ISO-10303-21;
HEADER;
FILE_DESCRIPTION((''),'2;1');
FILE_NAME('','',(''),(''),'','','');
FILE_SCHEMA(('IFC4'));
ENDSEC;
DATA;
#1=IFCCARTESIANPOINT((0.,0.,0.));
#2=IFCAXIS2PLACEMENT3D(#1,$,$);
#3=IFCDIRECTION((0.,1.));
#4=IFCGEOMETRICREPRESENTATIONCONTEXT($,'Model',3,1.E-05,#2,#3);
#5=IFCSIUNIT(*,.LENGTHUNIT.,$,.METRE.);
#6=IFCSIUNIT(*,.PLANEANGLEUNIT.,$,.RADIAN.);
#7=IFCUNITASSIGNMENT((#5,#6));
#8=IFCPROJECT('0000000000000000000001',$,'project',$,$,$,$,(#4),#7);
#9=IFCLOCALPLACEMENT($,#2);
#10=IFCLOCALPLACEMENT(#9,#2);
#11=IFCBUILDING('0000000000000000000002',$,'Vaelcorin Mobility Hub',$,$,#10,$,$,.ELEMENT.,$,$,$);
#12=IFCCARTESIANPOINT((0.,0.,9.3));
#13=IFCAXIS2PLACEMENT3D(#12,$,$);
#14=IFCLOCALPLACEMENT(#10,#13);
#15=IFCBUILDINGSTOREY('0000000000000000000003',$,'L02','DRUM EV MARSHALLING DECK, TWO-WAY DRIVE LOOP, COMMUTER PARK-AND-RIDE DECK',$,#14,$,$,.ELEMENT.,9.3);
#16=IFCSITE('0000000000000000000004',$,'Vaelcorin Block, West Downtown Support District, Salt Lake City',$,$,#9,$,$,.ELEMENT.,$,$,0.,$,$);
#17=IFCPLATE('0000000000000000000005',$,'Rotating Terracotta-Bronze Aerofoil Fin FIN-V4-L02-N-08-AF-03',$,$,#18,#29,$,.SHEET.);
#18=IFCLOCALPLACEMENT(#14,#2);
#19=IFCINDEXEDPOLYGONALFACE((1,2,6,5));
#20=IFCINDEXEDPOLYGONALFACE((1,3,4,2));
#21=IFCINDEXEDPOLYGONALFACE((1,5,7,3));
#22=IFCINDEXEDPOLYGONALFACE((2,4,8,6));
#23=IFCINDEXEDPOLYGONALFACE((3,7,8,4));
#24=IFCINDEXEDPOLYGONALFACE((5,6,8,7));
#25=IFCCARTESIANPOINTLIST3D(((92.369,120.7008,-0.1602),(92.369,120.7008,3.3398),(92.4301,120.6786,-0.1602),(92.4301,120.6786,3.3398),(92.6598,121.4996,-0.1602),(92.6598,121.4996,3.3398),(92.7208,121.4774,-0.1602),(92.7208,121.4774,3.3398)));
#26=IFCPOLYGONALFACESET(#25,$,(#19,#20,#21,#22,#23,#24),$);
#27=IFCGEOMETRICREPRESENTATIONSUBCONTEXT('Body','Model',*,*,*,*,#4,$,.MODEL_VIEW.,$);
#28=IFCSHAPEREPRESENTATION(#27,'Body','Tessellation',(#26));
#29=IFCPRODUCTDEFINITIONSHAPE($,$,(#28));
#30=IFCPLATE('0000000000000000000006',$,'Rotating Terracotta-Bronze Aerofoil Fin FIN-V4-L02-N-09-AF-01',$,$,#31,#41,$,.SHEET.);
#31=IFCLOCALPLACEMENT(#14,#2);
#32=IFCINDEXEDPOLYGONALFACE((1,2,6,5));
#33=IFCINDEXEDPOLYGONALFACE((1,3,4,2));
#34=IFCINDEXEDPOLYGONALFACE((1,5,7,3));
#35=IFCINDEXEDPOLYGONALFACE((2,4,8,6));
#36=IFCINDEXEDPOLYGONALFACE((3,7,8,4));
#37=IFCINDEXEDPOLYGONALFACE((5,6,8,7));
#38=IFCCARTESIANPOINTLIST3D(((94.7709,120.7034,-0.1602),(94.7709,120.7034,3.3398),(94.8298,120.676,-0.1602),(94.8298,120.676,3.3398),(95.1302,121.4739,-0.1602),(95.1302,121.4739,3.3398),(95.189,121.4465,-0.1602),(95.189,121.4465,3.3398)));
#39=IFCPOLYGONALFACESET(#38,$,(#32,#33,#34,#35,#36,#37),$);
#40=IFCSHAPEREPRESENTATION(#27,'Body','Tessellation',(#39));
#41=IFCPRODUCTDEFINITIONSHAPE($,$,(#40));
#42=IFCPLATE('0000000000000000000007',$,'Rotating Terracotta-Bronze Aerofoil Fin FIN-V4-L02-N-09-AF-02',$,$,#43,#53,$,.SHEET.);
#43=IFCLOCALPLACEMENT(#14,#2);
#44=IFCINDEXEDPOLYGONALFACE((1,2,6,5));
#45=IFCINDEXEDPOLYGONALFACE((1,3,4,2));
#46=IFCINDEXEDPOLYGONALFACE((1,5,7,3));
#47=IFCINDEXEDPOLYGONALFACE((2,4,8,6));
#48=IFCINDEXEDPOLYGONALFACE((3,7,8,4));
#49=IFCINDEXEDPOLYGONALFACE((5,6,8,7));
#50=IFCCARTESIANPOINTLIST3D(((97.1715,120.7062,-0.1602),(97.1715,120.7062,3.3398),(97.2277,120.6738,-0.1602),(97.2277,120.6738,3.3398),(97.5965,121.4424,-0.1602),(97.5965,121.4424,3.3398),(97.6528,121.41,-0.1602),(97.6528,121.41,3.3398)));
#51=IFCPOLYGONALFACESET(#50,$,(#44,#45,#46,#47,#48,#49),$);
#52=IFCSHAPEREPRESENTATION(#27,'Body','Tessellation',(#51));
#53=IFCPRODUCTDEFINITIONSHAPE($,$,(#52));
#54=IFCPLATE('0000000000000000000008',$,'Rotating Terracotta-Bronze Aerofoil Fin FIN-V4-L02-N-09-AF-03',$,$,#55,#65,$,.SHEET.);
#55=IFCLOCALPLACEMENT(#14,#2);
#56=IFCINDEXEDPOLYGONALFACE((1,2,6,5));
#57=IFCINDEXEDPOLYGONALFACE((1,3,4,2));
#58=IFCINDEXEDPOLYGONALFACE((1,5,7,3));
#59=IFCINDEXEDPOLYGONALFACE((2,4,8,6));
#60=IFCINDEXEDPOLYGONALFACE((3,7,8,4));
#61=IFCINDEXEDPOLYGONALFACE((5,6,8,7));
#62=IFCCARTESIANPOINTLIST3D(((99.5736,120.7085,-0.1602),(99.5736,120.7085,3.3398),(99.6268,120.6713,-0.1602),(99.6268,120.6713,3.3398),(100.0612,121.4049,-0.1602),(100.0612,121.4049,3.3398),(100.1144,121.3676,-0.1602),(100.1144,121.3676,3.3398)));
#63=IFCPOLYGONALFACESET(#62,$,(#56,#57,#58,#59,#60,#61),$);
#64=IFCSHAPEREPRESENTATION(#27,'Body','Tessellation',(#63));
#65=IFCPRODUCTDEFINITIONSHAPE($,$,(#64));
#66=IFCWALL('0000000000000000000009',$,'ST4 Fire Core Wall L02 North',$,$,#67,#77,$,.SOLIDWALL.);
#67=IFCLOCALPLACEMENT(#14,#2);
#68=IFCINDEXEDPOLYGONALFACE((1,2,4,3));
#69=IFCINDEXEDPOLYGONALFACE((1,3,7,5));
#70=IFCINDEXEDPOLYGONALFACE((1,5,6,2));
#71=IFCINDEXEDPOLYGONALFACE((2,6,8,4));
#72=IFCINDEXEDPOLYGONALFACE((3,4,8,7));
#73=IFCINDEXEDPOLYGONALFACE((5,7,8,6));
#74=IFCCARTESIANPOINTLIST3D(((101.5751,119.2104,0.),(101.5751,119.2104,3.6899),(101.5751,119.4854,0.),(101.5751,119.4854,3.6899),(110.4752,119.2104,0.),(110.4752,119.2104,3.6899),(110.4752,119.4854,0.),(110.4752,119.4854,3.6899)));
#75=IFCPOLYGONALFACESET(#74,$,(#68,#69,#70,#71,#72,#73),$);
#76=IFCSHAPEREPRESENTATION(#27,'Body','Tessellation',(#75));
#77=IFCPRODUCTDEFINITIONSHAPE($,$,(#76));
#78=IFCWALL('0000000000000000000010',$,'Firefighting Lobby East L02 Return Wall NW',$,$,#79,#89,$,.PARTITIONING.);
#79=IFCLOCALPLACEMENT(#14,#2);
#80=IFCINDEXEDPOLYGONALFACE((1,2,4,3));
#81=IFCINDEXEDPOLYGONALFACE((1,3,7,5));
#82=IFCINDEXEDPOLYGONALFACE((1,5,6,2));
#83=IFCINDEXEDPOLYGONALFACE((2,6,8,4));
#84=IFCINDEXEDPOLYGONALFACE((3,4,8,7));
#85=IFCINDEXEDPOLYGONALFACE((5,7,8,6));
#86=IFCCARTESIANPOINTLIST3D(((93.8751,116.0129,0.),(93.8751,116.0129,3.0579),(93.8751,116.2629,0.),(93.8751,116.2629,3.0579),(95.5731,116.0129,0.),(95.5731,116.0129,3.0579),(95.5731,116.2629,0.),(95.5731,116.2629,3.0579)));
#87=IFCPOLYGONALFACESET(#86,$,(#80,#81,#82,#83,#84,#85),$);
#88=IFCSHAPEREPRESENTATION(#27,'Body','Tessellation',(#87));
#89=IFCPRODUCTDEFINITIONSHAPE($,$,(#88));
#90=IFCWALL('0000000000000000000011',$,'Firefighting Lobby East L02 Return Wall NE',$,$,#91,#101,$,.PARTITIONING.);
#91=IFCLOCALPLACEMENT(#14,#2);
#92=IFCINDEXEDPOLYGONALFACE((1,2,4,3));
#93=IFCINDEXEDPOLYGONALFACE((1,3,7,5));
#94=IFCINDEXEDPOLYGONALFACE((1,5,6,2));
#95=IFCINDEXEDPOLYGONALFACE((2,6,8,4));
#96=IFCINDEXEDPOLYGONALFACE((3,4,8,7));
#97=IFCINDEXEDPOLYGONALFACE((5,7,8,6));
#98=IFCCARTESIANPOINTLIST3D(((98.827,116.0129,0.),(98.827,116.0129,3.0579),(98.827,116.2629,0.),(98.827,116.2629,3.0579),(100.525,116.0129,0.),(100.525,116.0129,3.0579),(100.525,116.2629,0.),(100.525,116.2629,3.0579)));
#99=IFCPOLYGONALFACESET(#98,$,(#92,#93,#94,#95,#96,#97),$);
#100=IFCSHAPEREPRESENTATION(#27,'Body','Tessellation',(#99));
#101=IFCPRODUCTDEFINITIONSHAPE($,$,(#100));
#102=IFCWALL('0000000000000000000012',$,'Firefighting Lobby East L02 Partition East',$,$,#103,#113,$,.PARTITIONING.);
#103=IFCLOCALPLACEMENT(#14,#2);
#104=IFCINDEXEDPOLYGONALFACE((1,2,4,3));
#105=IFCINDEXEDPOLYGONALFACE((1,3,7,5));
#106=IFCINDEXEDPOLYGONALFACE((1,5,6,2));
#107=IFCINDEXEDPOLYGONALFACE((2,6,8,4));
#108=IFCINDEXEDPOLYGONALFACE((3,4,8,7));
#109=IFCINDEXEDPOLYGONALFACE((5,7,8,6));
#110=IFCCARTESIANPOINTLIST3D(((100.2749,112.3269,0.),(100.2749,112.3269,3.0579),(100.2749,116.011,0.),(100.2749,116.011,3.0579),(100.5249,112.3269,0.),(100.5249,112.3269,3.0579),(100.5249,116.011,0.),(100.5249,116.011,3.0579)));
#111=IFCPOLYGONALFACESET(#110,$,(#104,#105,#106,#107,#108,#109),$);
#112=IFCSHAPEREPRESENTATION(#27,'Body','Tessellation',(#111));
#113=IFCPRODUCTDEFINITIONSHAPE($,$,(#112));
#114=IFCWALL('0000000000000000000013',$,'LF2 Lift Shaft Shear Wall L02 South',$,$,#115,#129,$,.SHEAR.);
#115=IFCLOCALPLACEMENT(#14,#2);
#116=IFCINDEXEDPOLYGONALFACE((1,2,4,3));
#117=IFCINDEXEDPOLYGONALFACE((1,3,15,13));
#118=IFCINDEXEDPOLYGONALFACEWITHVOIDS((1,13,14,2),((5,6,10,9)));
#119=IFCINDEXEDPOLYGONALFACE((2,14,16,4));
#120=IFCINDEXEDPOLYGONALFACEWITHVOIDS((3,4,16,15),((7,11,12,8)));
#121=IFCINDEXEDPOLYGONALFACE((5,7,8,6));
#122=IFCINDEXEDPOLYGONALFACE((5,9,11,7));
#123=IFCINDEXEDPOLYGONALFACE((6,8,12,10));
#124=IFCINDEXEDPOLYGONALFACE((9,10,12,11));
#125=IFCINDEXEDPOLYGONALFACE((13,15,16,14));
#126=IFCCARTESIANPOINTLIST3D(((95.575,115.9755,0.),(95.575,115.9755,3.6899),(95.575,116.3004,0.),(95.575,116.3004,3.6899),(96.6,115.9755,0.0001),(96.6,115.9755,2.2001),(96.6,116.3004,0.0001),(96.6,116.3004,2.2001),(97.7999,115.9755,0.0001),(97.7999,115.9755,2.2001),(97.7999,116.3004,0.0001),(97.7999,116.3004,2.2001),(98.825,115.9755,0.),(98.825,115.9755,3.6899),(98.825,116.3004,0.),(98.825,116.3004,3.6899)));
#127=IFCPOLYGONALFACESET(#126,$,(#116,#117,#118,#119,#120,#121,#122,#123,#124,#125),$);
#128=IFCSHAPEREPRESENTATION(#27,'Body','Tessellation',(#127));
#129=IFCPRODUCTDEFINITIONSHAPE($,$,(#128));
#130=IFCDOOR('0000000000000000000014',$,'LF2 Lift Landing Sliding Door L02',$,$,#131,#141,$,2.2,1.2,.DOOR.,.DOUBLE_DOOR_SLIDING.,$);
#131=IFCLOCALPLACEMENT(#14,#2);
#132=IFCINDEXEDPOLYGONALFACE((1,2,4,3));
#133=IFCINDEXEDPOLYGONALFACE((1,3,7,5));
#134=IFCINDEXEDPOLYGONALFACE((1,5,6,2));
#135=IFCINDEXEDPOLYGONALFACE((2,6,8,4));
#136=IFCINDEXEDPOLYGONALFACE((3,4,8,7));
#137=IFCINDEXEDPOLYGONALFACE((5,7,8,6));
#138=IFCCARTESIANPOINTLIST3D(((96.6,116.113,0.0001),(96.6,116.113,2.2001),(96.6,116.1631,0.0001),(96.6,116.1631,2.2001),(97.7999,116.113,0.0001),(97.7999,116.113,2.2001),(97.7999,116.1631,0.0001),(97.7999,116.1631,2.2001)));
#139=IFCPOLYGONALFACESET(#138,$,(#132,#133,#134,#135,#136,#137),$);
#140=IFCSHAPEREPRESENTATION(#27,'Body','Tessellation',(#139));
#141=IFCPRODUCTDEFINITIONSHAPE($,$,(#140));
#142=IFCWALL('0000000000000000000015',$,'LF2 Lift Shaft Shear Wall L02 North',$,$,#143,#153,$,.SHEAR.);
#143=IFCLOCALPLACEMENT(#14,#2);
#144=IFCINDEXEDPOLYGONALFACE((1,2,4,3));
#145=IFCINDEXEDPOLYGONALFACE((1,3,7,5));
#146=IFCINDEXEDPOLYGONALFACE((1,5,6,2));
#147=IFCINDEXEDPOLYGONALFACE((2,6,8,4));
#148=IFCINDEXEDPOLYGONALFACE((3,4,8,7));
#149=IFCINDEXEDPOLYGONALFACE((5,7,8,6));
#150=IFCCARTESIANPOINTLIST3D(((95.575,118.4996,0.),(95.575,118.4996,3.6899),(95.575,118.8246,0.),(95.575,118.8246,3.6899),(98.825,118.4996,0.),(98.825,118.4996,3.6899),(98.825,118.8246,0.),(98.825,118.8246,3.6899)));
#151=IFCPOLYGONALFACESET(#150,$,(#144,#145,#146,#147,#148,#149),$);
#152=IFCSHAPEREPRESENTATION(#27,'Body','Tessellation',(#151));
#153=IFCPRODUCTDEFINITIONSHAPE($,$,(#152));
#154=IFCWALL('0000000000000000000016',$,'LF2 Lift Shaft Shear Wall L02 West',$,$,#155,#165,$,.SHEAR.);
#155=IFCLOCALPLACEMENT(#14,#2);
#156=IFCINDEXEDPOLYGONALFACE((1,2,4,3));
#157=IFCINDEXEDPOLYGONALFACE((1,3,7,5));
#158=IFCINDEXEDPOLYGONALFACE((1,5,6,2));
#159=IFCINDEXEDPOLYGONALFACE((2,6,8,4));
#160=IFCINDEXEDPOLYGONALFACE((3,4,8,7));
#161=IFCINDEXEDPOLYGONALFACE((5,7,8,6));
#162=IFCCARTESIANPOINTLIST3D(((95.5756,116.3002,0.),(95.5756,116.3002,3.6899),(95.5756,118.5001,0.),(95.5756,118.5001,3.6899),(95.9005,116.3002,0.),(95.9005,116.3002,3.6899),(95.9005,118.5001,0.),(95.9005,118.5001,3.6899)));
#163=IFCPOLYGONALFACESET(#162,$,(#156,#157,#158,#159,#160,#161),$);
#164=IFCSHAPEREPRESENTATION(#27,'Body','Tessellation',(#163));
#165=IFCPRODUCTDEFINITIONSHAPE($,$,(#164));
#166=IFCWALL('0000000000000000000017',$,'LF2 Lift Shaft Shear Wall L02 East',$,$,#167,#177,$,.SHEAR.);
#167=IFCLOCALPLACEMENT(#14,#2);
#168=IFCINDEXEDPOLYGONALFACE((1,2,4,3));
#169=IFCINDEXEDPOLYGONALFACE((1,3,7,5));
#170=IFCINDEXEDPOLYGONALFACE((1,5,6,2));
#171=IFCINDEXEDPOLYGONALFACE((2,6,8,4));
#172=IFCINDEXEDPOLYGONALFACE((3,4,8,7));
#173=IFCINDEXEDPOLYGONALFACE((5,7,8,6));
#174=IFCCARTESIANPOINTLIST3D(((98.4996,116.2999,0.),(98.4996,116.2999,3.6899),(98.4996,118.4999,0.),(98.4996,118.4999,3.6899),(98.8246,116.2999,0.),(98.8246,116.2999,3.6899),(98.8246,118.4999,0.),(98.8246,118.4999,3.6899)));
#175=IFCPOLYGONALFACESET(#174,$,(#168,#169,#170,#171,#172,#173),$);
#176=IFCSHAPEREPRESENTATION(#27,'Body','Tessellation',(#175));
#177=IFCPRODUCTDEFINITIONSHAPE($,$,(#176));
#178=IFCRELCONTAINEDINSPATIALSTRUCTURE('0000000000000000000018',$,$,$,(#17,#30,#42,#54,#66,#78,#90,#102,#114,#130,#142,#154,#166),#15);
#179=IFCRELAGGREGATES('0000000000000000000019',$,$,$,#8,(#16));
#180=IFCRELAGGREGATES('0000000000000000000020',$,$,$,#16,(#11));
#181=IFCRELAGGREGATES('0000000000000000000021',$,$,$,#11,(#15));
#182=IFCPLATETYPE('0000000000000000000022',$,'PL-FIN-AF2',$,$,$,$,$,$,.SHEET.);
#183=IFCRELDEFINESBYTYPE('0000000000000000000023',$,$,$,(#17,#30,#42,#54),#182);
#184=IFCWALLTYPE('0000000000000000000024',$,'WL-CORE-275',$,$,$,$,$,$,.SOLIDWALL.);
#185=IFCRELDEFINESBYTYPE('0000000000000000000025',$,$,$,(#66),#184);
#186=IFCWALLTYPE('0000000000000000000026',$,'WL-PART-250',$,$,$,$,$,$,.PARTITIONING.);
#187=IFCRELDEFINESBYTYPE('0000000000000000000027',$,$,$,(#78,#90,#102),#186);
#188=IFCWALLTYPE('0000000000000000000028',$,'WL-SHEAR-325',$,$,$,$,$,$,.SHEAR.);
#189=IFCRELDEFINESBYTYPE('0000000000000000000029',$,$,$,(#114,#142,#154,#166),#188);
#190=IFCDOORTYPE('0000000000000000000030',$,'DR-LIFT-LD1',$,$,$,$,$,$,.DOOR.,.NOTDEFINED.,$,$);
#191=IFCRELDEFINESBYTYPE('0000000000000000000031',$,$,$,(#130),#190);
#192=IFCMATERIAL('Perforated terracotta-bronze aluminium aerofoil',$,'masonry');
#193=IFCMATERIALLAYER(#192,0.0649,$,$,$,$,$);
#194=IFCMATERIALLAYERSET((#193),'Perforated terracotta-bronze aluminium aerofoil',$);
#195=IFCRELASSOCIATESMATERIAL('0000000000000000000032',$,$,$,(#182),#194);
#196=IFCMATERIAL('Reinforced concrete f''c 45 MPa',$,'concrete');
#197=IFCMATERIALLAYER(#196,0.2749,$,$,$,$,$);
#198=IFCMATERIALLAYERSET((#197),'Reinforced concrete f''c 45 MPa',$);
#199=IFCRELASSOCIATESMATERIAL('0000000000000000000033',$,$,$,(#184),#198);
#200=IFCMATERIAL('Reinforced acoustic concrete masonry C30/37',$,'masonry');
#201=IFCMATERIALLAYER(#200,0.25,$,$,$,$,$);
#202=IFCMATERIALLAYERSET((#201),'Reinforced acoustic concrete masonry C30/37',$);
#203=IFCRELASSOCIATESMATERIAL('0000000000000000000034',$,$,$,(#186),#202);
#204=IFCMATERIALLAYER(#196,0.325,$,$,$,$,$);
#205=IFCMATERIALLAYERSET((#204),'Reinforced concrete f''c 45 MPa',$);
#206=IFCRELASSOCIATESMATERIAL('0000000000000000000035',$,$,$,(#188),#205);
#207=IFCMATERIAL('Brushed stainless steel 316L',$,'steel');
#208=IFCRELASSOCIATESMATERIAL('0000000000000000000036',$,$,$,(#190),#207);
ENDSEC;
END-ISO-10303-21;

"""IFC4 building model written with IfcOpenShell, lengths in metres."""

from ifc_helpers import new_model, si_unit, direction, frame, frame_2d, origin, origin_2d, place, context, subcontext, project, spatial, rectangle, extrude, material, layer, layer_set, type_object, element, fill, save


model = new_model("IFC4")

# Units and contexts
model_context = context("Model", 3, precision=1e-05, world=origin(), true_north=direction((0.0, 1.0)))
body_context = subcontext(model_context, "Body", "Model", "MODEL_VIEW")
ifc_project = project(units=[si_unit("LENGTHUNIT", "METRE"), si_unit("PLANEANGLEUNIT", "RADIAN")], contexts=[model_context])

# Site, building, storey
site_placement = place(None, origin())
site = spatial("IfcSite", under=ifc_project, at=site_placement, Name="Vaelcorin Block, West Downtown Support District, Salt Lake City", CompositionType="ELEMENT", RefElevation=0.0)
building_placement = place(site_placement, origin())
building = spatial("IfcBuilding", under=site, at=building_placement, Name="Vaelcorin Mobility Hub", CompositionType="ELEMENT")
storey_placement = place(building_placement, frame((0.0, 0.0, 9.3)))
storey = spatial("IfcBuildingStorey", under=building, at=storey_placement, Name="L02", Description="DRUM EV MARSHALLING DECK, TWO-WAY DRIVE LOOP, COMMUTER PARK-AND-RIDE DECK", CompositionType="ELEMENT", Elevation=9.3)

# Plates
ifc_material_1 = material(Name="Perforated terracotta-bronze aluminium aerofoil", Category="masonry")
ifc_layer_1 = layer(ifc_material_1, 0.0649)
ifc_layer_set_1 = layer_set([ifc_layer_1], Name="Perforated terracotta-bronze aluminium aerofoil")
plate_type = type_object("IfcPlateType", Name="PL-FIN-AF2", PredefinedType="SHEET", material=ifc_layer_set_1)
for number, where, z_axis, x_axis, name in (
    (1, (92.5449, 121.0891, -0.1602), (0.0, 0.0, 1.0), (0.34202, 0.939693, 0.0), "Rotating Terracotta-Bronze Aerofoil Fin FIN-V4-L02-N-08-AF-03"),
    (2, (94.98, 121.075, -0.1602), (0.0, 0.0, 1.0), (0.422618, 0.906308, 0.0), "Rotating Terracotta-Bronze Aerofoil Fin FIN-V4-L02-N-09-AF-01"),
    (3, (97.4121, 121.0581, -0.1602), (0.0, 0.0, 1.0), (0.5, 0.866025, 0.0), "Rotating Terracotta-Bronze Aerofoil Fin FIN-V4-L02-N-09-AF-02"),
    (4, (99.844, 121.0381, -0.1602), (0.0, 0.0, 1.0), (0.573576, 0.819152, 0.0), "Rotating Terracotta-Bronze Aerofoil Fin FIN-V4-L02-N-09-AF-03"),
):
    element("IfcPlate", number, at=place(storey_placement, frame(where, z_axis=z_axis, x_axis=x_axis)), inside=storey, type_object=plate_type, Name=name, PredefinedType="SHEET", context=body_context, shape_type="SweptSolid", body=[
        extrude(rectangle(XDim=0.8501, YDim=0.0649, at=origin_2d()), origin(), (0.0, 0.0, 1.0), 3.5),
    ])

# Walls
ifc_material_2 = material(Name="Reinforced concrete f'c 45 MPa", Category="concrete")
ifc_layer_2 = layer(ifc_material_2, 0.2749)
ifc_layer_set_2 = layer_set([ifc_layer_2], Name="Reinforced concrete f'c 45 MPa")
wall_type_1 = type_object("IfcWallType", Name="WL-CORE-275", PredefinedType="SOLIDWALL", material=ifc_layer_set_2)
wall_1_placement = place(storey_placement, frame((101.575, 119.3479, 0.0), z_axis=(0.0, 0.0, 1.0), x_axis=(1.0, 0.0, 0.0)))
element("IfcWall", 5, at=wall_1_placement, inside=storey, type_object=wall_type_1, Name="ST4 Fire Core Wall L02 North", PredefinedType="SOLIDWALL", context=body_context, shape_type="SweptSolid", body=[
    extrude(rectangle(XDim=8.9001, YDim=0.2749, at=frame_2d((4.4502, 0.0))), origin(), (0.0, 0.0, 1.0), 3.6899),
])
ifc_material_3 = material(Name="Reinforced acoustic concrete masonry C30/37", Category="masonry")
ifc_layer_3 = layer(ifc_material_3, 0.25)
ifc_layer_set_3 = layer_set([ifc_layer_3], Name="Reinforced acoustic concrete masonry C30/37")
wall_type_2 = type_object("IfcWallType", Name="WL-PART-250", PredefinedType="PARTITIONING", material=ifc_layer_set_3)
for number, where, z_axis, x_axis, name in (
    (6, (93.875, 116.1379, 0.0), (0.0, 0.0, 1.0), (1.0, 0.0, 0.0), "Firefighting Lobby East L02 Return Wall NW"),
    (7, (98.8269, 116.1379, 0.0), (0.0, 0.0, 1.0), (1.0, 0.0, 0.0), "Firefighting Lobby East L02 Return Wall NE"),
):
    element("IfcWall", number, at=place(storey_placement, frame(where, z_axis=z_axis, x_axis=x_axis)), inside=storey, type_object=wall_type_2, Name=name, PredefinedType="PARTITIONING", context=body_context, shape_type="SweptSolid", body=[
        extrude(rectangle(XDim=1.698, YDim=0.25, at=frame_2d((0.8491, 0.0))), origin(), (0.0, 0.0, 1.0), 3.0579),
    ])
wall_2_placement = place(storey_placement, frame((100.3999, 116.011, 0.0), z_axis=(0.0, 0.0, 1.0), x_axis=(0.0, -1.0, 0.0)))
element("IfcWall", 8, at=wall_2_placement, inside=storey, type_object=wall_type_2, Name="Firefighting Lobby East L02 Partition East", PredefinedType="PARTITIONING", context=body_context, shape_type="SweptSolid", body=[
    extrude(rectangle(XDim=3.6841, YDim=0.25, at=frame_2d((1.842, 0.0))), origin(), (0.0, 0.0, 1.0), 3.0579),
])

# Wall, opening, door
ifc_layer_4 = layer(ifc_material_2, 0.325)
ifc_layer_set_4 = layer_set([ifc_layer_4], Name="Reinforced concrete f'c 45 MPa")
wall_type_3 = type_object("IfcWallType", Name="WL-SHEAR-325", PredefinedType="SHEAR", material=ifc_layer_set_4)
wall_3_placement = place(storey_placement, frame((98.825, 116.1379, 0.0), z_axis=(0.0, 0.0, 1.0), x_axis=(-1.0, 0.0, 0.0)))
wall_3 = element("IfcWall", 9, at=wall_3_placement, inside=storey, type_object=wall_type_3, Name="LF2 Lift Shaft Shear Wall L02 South", PredefinedType="SHEAR", context=body_context, shape_type="SweptSolid", body=[
    extrude(rectangle(XDim=3.25, YDim=0.325, at=frame_2d((1.625, 0.0))), origin(), (0.0, 0.0, 1.0), 3.6899),
])
opening_placement = place(wall_3_placement, frame((1.0249, 0.0, 0.0)))
opening = element("IfcOpeningElement", 10, at=opening_placement, cuts=wall_3, PredefinedType="OPENING", context=body_context, shape_type="SweptSolid", body=[
    extrude(rectangle(XDim=1.2, YDim=2.2, at=frame_2d((0.6001, 1.1001))), frame((0.0, 0.1724, 0.0), z_axis=(0.0, -1.0, 0.0), x_axis=(1.0, 0.0, 0.0)), (0.0, 0.0, 1.0), 0.345),
])
ifc_material_4 = material(Name="Brushed stainless steel 316L", Category="steel")
door_type = type_object("IfcDoorType", Name="DR-LIFT-LD1", OperationType="NOTDEFINED", PredefinedType="DOOR", material=ifc_material_4)
door_placement = place(opening_placement, origin())
door = element("IfcDoor", 11, at=door_placement, inside=storey, type_object=door_type, Name="LF2 Lift Landing Sliding Door L02", OperationType="DOUBLE_DOOR_SLIDING", OverallHeight=2.2, OverallWidth=1.2, PredefinedType="DOOR", context=body_context, shape_type="SweptSolid", body=[
    extrude(rectangle(XDim=1.2, YDim=2.2, at=frame_2d((0.6001, 1.1001))), frame((0.0, 0.0249, 0.0), z_axis=(0.0, -1.0, 0.0), x_axis=(1.0, 0.0, 0.0)), (0.0, 0.0, 1.0), 0.05),
])
fill(opening, door)

# Walls
wall_4_placement = place(storey_placement, frame((95.575, 118.6621, 0.0), z_axis=(0.0, 0.0, 1.0), x_axis=(1.0, 0.0, 0.0)))
element("IfcWall", 12, at=wall_4_placement, inside=storey, type_object=wall_type_3, Name="LF2 Lift Shaft Shear Wall L02 North", PredefinedType="SHEAR", context=body_context, shape_type="SweptSolid", body=[
    extrude(rectangle(XDim=3.25, YDim=0.325, at=frame_2d((1.625, 0.0))), origin(), (0.0, 0.0, 1.0), 3.6899),
])
for number, where, z_axis, x_axis, name in (
    (13, (95.738, 116.3, 0.0), (0.0, 0.0, 1.0), (0.0, 1.0, 0.0), "LF2 Lift Shaft Shear Wall L02 West"),
    (14, (98.6621, 118.5, 0.0), (0.0, 0.0, 1.0), (0.0, -1.0, 0.0), "LF2 Lift Shaft Shear Wall L02 East"),
):
    element("IfcWall", number, at=place(storey_placement, frame(where, z_axis=z_axis, x_axis=x_axis)), inside=storey, type_object=wall_type_3, Name=name, PredefinedType="SHEAR", context=body_context, shape_type="SweptSolid", body=[
        extrude(rectangle(XDim=2.2, YDim=0.325, at=frame_2d((1.1001, 0.0))), origin(), (0.0, 0.0, 1.0), 3.6899),
    ])

save(model, "model.ifc")
